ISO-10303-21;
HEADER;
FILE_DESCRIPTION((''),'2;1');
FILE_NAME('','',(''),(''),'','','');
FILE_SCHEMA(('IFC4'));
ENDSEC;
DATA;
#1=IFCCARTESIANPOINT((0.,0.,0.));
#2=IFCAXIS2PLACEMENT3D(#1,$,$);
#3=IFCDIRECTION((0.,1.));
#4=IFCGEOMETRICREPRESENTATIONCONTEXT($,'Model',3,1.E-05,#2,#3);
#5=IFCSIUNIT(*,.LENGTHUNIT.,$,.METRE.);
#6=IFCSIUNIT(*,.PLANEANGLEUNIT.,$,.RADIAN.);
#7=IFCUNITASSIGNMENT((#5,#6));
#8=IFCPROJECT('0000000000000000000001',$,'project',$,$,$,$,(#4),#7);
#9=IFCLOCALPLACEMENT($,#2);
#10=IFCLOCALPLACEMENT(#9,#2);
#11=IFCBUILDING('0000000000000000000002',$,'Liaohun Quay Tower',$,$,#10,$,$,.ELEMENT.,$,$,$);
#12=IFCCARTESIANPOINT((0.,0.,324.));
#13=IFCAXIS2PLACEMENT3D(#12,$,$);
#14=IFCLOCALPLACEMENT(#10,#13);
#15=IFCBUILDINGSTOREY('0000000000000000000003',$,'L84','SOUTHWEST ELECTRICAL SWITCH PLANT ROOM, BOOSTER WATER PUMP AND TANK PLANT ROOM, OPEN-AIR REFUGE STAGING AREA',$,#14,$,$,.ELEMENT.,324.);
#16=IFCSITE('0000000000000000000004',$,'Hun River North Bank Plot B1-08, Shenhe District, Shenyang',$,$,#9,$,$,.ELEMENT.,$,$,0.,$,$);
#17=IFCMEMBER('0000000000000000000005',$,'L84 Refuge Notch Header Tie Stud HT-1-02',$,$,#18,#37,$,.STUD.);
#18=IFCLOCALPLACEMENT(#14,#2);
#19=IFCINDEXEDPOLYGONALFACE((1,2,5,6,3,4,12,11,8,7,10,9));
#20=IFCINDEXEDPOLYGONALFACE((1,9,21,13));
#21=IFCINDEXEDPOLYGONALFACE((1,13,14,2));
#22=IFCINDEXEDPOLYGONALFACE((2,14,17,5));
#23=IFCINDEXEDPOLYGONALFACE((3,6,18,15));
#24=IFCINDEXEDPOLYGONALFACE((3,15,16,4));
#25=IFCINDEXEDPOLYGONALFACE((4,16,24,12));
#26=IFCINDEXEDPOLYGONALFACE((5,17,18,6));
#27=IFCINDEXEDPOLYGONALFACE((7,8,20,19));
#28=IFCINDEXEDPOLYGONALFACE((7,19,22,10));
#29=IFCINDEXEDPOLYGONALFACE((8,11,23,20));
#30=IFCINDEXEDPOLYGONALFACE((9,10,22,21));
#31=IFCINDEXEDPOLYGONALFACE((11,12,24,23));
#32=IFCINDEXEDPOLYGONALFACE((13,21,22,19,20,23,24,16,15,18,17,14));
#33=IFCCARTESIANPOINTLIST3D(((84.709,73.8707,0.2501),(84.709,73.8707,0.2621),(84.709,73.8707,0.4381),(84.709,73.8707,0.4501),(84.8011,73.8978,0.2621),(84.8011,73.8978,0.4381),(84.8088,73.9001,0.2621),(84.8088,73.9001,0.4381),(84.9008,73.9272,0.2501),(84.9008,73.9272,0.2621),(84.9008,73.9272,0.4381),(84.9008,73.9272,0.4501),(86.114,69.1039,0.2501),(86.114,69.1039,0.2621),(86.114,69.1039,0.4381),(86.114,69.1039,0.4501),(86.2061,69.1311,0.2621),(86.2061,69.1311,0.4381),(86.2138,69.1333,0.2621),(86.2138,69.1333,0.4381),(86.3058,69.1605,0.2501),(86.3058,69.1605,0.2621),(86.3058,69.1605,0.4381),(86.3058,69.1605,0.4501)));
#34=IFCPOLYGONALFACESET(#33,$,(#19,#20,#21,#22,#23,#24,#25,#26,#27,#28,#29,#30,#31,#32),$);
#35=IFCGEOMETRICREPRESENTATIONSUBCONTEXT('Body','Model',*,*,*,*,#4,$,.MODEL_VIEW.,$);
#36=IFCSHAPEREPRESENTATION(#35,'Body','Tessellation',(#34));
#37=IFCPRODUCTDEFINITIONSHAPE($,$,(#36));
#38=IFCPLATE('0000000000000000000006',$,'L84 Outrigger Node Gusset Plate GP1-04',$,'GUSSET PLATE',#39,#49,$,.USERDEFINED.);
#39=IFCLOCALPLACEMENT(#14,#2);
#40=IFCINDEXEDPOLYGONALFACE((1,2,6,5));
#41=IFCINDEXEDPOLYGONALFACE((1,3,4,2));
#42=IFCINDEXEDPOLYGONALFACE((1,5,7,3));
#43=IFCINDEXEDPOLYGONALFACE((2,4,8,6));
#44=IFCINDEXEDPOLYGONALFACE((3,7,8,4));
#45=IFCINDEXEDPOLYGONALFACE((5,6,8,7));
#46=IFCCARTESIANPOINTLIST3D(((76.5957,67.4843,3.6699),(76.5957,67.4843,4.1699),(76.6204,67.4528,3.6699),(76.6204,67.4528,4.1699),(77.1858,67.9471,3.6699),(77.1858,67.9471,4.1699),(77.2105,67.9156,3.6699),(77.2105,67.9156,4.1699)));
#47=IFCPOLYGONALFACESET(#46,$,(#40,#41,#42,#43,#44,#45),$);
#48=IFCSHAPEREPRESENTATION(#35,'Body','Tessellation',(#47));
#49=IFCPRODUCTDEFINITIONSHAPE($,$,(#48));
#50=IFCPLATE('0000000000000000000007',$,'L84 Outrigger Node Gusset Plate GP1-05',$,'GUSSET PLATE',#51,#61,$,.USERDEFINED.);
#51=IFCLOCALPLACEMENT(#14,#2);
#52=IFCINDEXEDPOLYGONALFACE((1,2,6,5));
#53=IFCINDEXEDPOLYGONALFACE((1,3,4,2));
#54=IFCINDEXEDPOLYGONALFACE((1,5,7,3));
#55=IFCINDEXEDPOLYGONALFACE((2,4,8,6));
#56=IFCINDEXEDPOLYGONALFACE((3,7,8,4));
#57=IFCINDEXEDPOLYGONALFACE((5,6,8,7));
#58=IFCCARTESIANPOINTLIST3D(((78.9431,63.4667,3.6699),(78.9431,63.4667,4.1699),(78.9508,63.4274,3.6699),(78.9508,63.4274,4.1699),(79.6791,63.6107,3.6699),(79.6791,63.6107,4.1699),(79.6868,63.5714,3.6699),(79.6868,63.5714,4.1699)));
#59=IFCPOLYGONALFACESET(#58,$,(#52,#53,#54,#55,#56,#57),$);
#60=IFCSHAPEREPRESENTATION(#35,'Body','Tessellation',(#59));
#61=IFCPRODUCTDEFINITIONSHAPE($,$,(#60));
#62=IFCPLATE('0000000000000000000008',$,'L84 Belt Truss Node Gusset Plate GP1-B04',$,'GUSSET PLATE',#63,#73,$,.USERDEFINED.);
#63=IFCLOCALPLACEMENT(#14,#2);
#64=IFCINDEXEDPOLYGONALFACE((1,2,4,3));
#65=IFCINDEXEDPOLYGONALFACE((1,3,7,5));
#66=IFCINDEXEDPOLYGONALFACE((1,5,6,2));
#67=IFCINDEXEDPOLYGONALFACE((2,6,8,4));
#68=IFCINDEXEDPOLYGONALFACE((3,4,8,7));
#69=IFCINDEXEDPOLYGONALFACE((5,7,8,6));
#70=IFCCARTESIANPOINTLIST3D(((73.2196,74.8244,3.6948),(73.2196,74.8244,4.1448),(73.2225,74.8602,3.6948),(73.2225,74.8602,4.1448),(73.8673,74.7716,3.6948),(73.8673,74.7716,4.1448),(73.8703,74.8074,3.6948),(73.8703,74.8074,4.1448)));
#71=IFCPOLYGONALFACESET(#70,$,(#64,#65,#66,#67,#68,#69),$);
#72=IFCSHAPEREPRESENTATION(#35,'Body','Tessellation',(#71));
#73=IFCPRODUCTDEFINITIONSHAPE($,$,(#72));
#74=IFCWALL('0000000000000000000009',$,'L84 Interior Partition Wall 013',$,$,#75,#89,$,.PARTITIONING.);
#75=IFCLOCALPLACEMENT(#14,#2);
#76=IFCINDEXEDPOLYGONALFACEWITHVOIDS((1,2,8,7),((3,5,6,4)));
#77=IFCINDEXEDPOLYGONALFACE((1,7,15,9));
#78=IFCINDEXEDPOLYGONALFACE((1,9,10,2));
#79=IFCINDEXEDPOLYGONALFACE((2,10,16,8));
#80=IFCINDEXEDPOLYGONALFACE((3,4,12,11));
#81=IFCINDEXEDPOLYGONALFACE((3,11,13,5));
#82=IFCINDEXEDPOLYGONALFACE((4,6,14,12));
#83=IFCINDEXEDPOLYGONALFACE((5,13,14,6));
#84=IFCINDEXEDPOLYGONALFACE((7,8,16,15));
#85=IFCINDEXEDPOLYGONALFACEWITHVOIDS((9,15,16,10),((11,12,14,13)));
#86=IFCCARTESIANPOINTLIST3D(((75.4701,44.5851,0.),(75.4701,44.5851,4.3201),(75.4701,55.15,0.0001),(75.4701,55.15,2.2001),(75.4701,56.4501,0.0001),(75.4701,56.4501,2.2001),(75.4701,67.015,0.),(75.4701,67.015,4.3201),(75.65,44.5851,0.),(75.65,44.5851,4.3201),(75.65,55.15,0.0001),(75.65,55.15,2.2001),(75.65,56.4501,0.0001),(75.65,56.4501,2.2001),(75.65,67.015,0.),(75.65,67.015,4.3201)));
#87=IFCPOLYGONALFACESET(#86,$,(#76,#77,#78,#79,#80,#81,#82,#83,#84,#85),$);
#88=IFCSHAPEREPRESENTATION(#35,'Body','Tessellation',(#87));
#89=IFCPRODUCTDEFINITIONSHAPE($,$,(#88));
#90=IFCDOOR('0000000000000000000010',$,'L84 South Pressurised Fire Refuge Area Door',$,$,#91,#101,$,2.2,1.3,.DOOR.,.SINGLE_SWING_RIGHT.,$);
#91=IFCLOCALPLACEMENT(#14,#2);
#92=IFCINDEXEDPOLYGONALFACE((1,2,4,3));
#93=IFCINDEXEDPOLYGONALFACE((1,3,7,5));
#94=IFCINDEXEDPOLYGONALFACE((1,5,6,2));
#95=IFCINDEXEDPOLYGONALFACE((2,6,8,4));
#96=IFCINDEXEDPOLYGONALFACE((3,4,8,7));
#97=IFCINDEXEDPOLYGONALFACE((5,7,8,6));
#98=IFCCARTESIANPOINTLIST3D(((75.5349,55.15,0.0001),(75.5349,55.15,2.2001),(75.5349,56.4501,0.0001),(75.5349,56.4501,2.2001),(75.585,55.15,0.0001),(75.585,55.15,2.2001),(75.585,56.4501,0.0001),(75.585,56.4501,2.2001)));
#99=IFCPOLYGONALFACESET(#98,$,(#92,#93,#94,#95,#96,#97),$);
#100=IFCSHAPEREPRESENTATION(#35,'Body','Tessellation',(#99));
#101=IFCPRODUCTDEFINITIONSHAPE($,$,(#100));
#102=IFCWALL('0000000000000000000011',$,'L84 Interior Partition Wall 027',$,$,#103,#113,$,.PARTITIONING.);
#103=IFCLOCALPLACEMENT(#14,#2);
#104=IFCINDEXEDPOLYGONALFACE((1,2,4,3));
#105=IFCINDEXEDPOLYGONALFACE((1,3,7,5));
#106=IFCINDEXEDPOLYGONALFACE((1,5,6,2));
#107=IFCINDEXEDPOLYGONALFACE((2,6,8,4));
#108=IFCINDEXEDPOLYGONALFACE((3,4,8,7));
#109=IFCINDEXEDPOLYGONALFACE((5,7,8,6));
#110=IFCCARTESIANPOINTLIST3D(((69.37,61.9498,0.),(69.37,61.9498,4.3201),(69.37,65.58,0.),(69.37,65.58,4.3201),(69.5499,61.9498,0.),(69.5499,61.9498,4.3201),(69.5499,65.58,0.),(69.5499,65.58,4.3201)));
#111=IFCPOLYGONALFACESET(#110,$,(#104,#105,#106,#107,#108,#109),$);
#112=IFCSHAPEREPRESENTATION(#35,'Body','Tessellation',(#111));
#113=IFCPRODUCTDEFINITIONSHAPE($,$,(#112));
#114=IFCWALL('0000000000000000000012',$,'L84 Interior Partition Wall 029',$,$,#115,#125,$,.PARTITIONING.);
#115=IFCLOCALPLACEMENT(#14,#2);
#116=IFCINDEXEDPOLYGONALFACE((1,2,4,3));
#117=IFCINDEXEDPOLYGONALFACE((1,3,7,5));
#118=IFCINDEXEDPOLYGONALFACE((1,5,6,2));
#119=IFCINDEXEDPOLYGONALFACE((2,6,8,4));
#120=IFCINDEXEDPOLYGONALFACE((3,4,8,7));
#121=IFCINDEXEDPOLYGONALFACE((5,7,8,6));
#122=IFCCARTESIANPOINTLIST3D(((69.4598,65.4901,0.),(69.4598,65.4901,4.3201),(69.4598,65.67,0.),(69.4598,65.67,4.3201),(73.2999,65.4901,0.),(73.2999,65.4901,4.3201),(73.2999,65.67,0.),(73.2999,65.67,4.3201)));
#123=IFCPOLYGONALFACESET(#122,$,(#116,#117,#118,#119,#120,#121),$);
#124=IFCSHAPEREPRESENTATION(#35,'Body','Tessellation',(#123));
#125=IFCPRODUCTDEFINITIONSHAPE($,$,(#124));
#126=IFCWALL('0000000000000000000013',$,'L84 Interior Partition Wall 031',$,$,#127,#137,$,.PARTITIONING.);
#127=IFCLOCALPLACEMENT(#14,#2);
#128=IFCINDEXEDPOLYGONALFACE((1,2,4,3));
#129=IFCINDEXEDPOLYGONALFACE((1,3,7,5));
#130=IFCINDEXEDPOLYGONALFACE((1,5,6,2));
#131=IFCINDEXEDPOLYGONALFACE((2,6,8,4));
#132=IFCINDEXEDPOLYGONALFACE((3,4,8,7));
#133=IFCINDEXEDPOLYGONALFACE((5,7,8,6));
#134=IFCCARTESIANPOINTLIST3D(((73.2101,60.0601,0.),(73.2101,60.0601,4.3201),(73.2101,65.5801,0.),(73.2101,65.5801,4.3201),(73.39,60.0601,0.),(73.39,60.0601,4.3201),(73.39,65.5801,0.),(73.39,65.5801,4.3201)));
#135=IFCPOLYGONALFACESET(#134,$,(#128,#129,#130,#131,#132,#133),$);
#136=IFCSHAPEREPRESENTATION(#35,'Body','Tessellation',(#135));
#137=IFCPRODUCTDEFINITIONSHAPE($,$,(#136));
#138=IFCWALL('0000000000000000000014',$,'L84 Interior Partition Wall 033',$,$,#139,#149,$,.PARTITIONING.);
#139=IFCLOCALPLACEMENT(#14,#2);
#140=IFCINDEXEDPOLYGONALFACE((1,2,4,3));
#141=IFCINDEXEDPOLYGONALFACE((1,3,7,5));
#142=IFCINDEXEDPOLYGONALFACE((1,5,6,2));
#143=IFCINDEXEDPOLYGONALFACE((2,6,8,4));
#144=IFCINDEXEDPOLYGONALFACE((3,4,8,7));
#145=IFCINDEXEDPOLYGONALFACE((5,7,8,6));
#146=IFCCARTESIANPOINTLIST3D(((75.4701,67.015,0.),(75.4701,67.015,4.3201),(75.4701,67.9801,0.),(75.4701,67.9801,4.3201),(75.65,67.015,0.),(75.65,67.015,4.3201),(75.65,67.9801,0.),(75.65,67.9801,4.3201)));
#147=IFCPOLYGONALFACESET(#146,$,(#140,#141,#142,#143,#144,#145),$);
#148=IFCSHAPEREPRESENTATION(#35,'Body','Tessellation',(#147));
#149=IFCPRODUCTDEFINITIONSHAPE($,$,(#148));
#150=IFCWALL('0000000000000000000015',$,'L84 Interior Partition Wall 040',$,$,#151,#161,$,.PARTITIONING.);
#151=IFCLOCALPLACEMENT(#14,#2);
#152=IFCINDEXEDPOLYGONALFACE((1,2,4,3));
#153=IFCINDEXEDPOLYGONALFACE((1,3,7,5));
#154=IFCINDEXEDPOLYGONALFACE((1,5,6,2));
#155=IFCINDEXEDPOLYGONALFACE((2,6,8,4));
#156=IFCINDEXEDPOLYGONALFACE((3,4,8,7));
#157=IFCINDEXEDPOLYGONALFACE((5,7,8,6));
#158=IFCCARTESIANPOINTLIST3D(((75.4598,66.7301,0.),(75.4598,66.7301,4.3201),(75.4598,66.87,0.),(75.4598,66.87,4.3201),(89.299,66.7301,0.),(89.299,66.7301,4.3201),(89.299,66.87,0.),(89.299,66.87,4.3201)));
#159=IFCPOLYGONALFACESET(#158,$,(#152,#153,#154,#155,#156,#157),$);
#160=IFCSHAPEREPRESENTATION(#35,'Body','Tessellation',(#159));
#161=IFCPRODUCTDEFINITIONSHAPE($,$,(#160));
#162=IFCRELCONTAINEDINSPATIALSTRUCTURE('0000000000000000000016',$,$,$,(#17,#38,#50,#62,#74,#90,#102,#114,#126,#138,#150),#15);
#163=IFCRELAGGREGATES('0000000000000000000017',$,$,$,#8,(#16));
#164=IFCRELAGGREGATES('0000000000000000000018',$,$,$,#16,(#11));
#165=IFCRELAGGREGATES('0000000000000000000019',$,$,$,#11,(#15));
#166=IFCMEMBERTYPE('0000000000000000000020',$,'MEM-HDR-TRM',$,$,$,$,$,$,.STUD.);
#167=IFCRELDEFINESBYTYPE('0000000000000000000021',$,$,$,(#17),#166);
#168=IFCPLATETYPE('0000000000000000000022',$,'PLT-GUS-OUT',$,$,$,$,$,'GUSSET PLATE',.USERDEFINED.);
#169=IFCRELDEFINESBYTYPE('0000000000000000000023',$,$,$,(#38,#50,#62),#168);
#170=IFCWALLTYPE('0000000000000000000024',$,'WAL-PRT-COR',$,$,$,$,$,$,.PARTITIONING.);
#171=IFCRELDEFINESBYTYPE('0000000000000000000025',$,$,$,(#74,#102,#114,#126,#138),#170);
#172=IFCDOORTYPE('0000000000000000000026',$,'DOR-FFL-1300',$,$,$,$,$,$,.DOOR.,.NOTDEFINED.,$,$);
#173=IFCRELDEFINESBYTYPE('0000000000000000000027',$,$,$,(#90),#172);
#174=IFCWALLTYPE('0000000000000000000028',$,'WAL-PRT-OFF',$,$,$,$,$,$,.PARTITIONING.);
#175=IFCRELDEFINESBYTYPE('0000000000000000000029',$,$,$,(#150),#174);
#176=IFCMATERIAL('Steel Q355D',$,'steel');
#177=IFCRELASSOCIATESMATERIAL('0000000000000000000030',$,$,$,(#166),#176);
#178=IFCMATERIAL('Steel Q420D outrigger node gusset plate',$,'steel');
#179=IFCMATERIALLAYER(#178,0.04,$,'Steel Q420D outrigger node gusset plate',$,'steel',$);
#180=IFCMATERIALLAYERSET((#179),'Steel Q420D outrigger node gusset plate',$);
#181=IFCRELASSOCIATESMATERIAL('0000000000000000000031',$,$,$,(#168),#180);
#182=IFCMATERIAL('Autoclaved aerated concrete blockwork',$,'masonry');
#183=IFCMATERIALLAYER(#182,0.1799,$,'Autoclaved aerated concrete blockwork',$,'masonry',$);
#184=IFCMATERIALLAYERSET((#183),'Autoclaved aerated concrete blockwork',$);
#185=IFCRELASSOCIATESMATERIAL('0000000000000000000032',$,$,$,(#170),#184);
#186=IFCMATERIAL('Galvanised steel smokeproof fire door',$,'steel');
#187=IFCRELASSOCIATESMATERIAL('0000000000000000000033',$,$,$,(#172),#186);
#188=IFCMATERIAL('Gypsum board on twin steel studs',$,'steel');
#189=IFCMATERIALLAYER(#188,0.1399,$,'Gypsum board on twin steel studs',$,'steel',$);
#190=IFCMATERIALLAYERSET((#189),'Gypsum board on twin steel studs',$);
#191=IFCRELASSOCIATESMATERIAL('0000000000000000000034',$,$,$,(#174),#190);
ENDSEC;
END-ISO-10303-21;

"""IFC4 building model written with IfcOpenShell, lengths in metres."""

from ifc_helpers import new_model, si_unit, direction, frame, frame_2d, origin, origin_2d, place, context, subcontext, project, spatial, rectangle, i_section, extrude, source, transform, mapped, material, layer, layer_set, material_profile, profile_set, type_object, element, fill, save


model = new_model("IFC4")

# Units and contexts
model_context = context("Model", 3, precision=1e-05, world=origin(), true_north=direction((0.0, 1.0)))
body_context = subcontext(model_context, "Body", "Model", "MODEL_VIEW")
ifc_project = project(units=[si_unit("LENGTHUNIT", "METRE"), si_unit("PLANEANGLEUNIT", "RADIAN")], contexts=[model_context])

# Site, building, storey
site_placement = place(None, origin())
site = spatial("IfcSite", under=ifc_project, at=site_placement, Name="Hun River North Bank Plot B1-08, Shenhe District, Shenyang", CompositionType="ELEMENT", RefElevation=0.0)
building_placement = place(site_placement, origin())
building = spatial("IfcBuilding", under=site, at=building_placement, Name="Liaohun Quay Tower", CompositionType="ELEMENT")
storey_placement = place(building_placement, frame((0.0, 0.0, 324.0)))
storey = spatial("IfcBuildingStorey", under=building, at=storey_placement, Name="L84", Description="SOUTHWEST ELECTRICAL SWITCH PLANT ROOM, BOOSTER WATER PUMP AND TANK PLANT ROOM, OPEN-AIR REFUGE STAGING AREA", CompositionType="ELEMENT", Elevation=324.0)

# Shared definitions
ifc_material_1 = material(Name="Steel Q355D", Category="steel")

# Member
ifc_material_profile_1 = material_profile(ifc_material_1, i_section(OverallWidth=0.2, OverallDepth=0.2, WebThickness=0.0081, FlangeThickness=0.012, at=origin_2d()), Name="HW200x200x8x12")
ifc_profile_set_1 = profile_set([ifc_material_profile_1], Name="Steel Q355D")
member_type_1 = type_object("IfcMemberType", Name="MEM-HDR-TRM", PredefinedType="STUD", material=ifc_profile_set_1)
shared_shape_1 = source(origin(), body_context, "Body", "SweptSolid", [
    extrude(i_section(OverallWidth=0.2, OverallDepth=0.2, WebThickness=0.0081, FlangeThickness=0.012, at=origin_2d()), origin(), (0.0, 0.0, 1.0), 4.9695),
])
member_1_placement = place(storey_placement, frame((84.8049, 73.8989, 0.3501), z_axis=(0.282725, -0.959201, 0.0), x_axis=(0.959201, 0.282725, 0.0)))
element("IfcMember", 1, at=member_1_placement, inside=storey, type_object=member_type_1, Name="L84 Refuge Notch Header Tie Stud HT-1-02", PredefinedType="STUD", context=body_context, shape_type="MappedRepresentation", body=[
    mapped(shared_shape_1, transform((0.0, 0.0, 0.0), x_axis=(1.0, 0.0, 0.0), y_axis=(0.0, 1.0, 0.0), z_axis=(0.0, 0.0, 1.0), scale=1.0)),
])

# Plates
ifc_material_2 = material(Name="Steel Q420D outrigger node gusset plate", Category="steel")
ifc_layer_1 = layer(ifc_material_2, 0.04, Name="Steel Q420D outrigger node gusset plate", Category="steel")
ifc_layer_set_1 = layer_set([ifc_layer_1], Name="Steel Q420D outrigger node gusset plate")
plate_type = type_object("IfcPlateType", Name="PLT-GUS-OUT", ElementType="GUSSET PLATE", PredefinedType="USERDEFINED", material=ifc_layer_set_1)
shared_shape_2 = source(origin(), body_context, "Body", "SweptSolid", [
    extrude(rectangle(XDim=0.75, YDim=0.04, at=origin_2d()), origin(), (0.0, 0.0, 1.0), 0.5),
])
for number, where, z_axis, x_axis, name in (
    (2, (76.9031, 67.7, 3.6699), (0.0, 0.0, 1.0), (0.786827, 0.617173, 0.0), "L84 Outrigger Node Gusset Plate GP1-04"),
    (3, (79.3149, 63.519, 3.6699), (0.0, 0.0, 1.0), (0.981393, 0.192008, 0.0), "L84 Outrigger Node Gusset Plate GP1-05"),
):
    element("IfcPlate", number, at=place(storey_placement, frame(where, z_axis=z_axis, x_axis=x_axis)), inside=storey, type_object=plate_type, Name=name, ObjectType="GUSSET PLATE", PredefinedType="USERDEFINED", context=body_context, shape_type="MappedRepresentation", body=[
        mapped(shared_shape_2, transform((0.0, 0.0, 0.0), x_axis=(1.0, 0.0, 0.0), y_axis=(0.0, 1.0, 0.0), z_axis=(0.0, 0.0, 1.0), scale=1.0)),
    ])
shared_shape_3 = source(origin(), body_context, "Body", "SweptSolid", [
    extrude(rectangle(XDim=0.6499, YDim=0.0359, at=origin_2d()), origin(), (0.0, 0.0, 1.0), 0.45),
])
plate_placement = place(storey_placement, frame((73.5449, 74.8159, 3.6948), z_axis=(0.0, 0.0, 1.0), x_axis=(0.996694, -0.081243, 0.0)))
element("IfcPlate", 4, at=plate_placement, inside=storey, type_object=plate_type, Name="L84 Belt Truss Node Gusset Plate GP1-B04", ObjectType="GUSSET PLATE", PredefinedType="USERDEFINED", context=body_context, shape_type="MappedRepresentation", body=[
    mapped(shared_shape_3, transform((0.0, 0.0, 0.0), x_axis=(1.0, 0.0, 0.0), y_axis=(0.0, 1.0, 0.0), z_axis=(0.0, 0.0, 1.0), scale=1.0)),
])

# Wall, opening, door
ifc_material_3 = material(Name="Autoclaved aerated concrete blockwork", Category="masonry")
ifc_layer_2 = layer(ifc_material_3, 0.1799, Name="Autoclaved aerated concrete blockwork", Category="masonry")
ifc_layer_set_2 = layer_set([ifc_layer_2], Name="Autoclaved aerated concrete blockwork")
wall_type_1 = type_object("IfcWallType", Name="WAL-PRT-COR", PredefinedType="PARTITIONING", material=ifc_layer_set_2)
wall_1_placement = place(storey_placement, frame((75.5601, 67.0149, 0.0), z_axis=(0.0, 0.0, 1.0), x_axis=(0.0, -1.0, 0.0)))
wall_1 = element("IfcWall", 5, at=wall_1_placement, inside=storey, type_object=wall_type_1, Name="L84 Interior Partition Wall 013", PredefinedType="PARTITIONING", context=body_context, shape_type="SweptSolid", body=[
    extrude(rectangle(XDim=22.4299, YDim=0.1799, at=frame_2d((11.2148, 0.0))), origin(), (0.0, 0.0, 1.0), 4.3201),
])
shared_shape_4 = source(origin(), body_context, "Body", "SweptSolid", [
    extrude(rectangle(XDim=1.3, YDim=2.2, at=frame_2d((0.6499, 1.1001))), frame((0.0, 0.0999, 0.0), z_axis=(0.0, -1.0, 0.0), x_axis=(1.0, 0.0, 0.0)), (0.0, 0.0, 1.0), 0.2),
])
opening_placement = place(wall_1_placement, frame((10.5649, 0.0, 0.0)))
opening = element("IfcOpeningElement", 6, at=opening_placement, cuts=wall_1, PredefinedType="OPENING", context=body_context, shape_type="MappedRepresentation", body=[
    mapped(shared_shape_4, transform((0.0, 0.0, 0.0), x_axis=(1.0, 0.0, 0.0), y_axis=(0.0, 1.0, 0.0), z_axis=(0.0, 0.0, 1.0), scale=1.0)),
])
ifc_material_4 = material(Name="Galvanised steel smokeproof fire door", Category="steel")
door_type = type_object("IfcDoorType", Name="DOR-FFL-1300", OperationType="NOTDEFINED", PredefinedType="DOOR", material=ifc_material_4)
shared_shape_5 = source(origin(), body_context, "Body", "SweptSolid", [
    extrude(rectangle(XDim=1.3, YDim=2.2, at=frame_2d((0.6499, 1.1001))), frame((0.0, 0.0249, 0.0), z_axis=(0.0, -1.0, 0.0), x_axis=(1.0, 0.0, 0.0)), (0.0, 0.0, 1.0), 0.05),
])
door_placement = place(opening_placement, origin())
door = element("IfcDoor", 7, at=door_placement, inside=storey, type_object=door_type, Name="L84 South Pressurised Fire Refuge Area Door", OperationType="SINGLE_SWING_RIGHT", OverallHeight=2.2, OverallWidth=1.3, PredefinedType="DOOR", context=body_context, shape_type="MappedRepresentation", body=[
    mapped(shared_shape_5, transform((0.0, 0.0, 0.0), x_axis=(1.0, 0.0, 0.0), y_axis=(0.0, 1.0, 0.0), z_axis=(0.0, 0.0, 1.0), scale=1.0)),
])
fill(opening, door)

# Walls
wall_2_placement = place(storey_placement, frame((69.46, 61.95, 0.0), z_axis=(0.0, 0.0, 1.0), x_axis=(0.0, 1.0, 0.0)))
element("IfcWall", 8, at=wall_2_placement, inside=storey, type_object=wall_type_1, Name="L84 Interior Partition Wall 027", PredefinedType="PARTITIONING", context=body_context, shape_type="SweptSolid", body=[
    extrude(rectangle(XDim=3.6301, YDim=0.1799, at=frame_2d((1.8149, 0.0))), origin(), (0.0, 0.0, 1.0), 4.3201),
])
wall_3_placement = place(storey_placement, frame((69.46, 65.5801, 0.0), z_axis=(0.0, 0.0, 1.0), x_axis=(1.0, 0.0, 0.0)))
element("IfcWall", 9, at=wall_3_placement, inside=storey, type_object=wall_type_1, Name="L84 Interior Partition Wall 029", PredefinedType="PARTITIONING", context=body_context, shape_type="SweptSolid", body=[
    extrude(rectangle(XDim=3.8401, YDim=0.1799, at=frame_2d((1.9199, 0.0))), origin(), (0.0, 0.0, 1.0), 4.3201),
])
wall_4_placement = place(storey_placement, frame((73.3, 60.0601, 0.0), z_axis=(0.0, 0.0, 1.0), x_axis=(0.0, 1.0, 0.0)))
element("IfcWall", 10, at=wall_4_placement, inside=storey, type_object=wall_type_1, Name="L84 Interior Partition Wall 031", PredefinedType="PARTITIONING", context=body_context, shape_type="SweptSolid", body=[
    extrude(rectangle(XDim=5.52, YDim=0.1799, at=frame_2d((2.76, 0.0))), origin(), (0.0, 0.0, 1.0), 4.3201),
])
wall_5_placement = place(storey_placement, frame((75.5601, 67.98, 0.0), z_axis=(0.0, 0.0, 1.0), x_axis=(0.0, -1.0, 0.0)))
element("IfcWall", 11, at=wall_5_placement, inside=storey, type_object=wall_type_1, Name="L84 Interior Partition Wall 033", PredefinedType="PARTITIONING", context=body_context, shape_type="SweptSolid", body=[
    extrude(rectangle(XDim=0.9651, YDim=0.1799, at=frame_2d((0.4824, 0.0))), origin(), (0.0, 0.0, 1.0), 4.3201),
])
ifc_material_5 = material(Name="Gypsum board on twin steel studs", Category="steel")
ifc_layer_3 = layer(ifc_material_5, 0.1399, Name="Gypsum board on twin steel studs", Category="steel")
ifc_layer_set_3 = layer_set([ifc_layer_3], Name="Gypsum board on twin steel studs")
wall_type_2 = type_object("IfcWallType", Name="WAL-PRT-OFF", PredefinedType="PARTITIONING", material=ifc_layer_set_3)
wall_6_placement = place(storey_placement, frame((75.46, 66.8, 0.0), z_axis=(0.0, 0.0, 1.0), x_axis=(1.0, 0.0, 0.0)))
element("IfcWall", 12, at=wall_6_placement, inside=storey, type_object=wall_type_2, Name="L84 Interior Partition Wall 040", PredefinedType="PARTITIONING", context=body_context, shape_type="SweptSolid", body=[
    extrude(rectangle(XDim=13.8391, YDim=0.1399, at=frame_2d((6.9194, 0.0))), origin(), (0.0, 0.0, 1.0), 4.3201),
])

save(model, "model.ifc")
